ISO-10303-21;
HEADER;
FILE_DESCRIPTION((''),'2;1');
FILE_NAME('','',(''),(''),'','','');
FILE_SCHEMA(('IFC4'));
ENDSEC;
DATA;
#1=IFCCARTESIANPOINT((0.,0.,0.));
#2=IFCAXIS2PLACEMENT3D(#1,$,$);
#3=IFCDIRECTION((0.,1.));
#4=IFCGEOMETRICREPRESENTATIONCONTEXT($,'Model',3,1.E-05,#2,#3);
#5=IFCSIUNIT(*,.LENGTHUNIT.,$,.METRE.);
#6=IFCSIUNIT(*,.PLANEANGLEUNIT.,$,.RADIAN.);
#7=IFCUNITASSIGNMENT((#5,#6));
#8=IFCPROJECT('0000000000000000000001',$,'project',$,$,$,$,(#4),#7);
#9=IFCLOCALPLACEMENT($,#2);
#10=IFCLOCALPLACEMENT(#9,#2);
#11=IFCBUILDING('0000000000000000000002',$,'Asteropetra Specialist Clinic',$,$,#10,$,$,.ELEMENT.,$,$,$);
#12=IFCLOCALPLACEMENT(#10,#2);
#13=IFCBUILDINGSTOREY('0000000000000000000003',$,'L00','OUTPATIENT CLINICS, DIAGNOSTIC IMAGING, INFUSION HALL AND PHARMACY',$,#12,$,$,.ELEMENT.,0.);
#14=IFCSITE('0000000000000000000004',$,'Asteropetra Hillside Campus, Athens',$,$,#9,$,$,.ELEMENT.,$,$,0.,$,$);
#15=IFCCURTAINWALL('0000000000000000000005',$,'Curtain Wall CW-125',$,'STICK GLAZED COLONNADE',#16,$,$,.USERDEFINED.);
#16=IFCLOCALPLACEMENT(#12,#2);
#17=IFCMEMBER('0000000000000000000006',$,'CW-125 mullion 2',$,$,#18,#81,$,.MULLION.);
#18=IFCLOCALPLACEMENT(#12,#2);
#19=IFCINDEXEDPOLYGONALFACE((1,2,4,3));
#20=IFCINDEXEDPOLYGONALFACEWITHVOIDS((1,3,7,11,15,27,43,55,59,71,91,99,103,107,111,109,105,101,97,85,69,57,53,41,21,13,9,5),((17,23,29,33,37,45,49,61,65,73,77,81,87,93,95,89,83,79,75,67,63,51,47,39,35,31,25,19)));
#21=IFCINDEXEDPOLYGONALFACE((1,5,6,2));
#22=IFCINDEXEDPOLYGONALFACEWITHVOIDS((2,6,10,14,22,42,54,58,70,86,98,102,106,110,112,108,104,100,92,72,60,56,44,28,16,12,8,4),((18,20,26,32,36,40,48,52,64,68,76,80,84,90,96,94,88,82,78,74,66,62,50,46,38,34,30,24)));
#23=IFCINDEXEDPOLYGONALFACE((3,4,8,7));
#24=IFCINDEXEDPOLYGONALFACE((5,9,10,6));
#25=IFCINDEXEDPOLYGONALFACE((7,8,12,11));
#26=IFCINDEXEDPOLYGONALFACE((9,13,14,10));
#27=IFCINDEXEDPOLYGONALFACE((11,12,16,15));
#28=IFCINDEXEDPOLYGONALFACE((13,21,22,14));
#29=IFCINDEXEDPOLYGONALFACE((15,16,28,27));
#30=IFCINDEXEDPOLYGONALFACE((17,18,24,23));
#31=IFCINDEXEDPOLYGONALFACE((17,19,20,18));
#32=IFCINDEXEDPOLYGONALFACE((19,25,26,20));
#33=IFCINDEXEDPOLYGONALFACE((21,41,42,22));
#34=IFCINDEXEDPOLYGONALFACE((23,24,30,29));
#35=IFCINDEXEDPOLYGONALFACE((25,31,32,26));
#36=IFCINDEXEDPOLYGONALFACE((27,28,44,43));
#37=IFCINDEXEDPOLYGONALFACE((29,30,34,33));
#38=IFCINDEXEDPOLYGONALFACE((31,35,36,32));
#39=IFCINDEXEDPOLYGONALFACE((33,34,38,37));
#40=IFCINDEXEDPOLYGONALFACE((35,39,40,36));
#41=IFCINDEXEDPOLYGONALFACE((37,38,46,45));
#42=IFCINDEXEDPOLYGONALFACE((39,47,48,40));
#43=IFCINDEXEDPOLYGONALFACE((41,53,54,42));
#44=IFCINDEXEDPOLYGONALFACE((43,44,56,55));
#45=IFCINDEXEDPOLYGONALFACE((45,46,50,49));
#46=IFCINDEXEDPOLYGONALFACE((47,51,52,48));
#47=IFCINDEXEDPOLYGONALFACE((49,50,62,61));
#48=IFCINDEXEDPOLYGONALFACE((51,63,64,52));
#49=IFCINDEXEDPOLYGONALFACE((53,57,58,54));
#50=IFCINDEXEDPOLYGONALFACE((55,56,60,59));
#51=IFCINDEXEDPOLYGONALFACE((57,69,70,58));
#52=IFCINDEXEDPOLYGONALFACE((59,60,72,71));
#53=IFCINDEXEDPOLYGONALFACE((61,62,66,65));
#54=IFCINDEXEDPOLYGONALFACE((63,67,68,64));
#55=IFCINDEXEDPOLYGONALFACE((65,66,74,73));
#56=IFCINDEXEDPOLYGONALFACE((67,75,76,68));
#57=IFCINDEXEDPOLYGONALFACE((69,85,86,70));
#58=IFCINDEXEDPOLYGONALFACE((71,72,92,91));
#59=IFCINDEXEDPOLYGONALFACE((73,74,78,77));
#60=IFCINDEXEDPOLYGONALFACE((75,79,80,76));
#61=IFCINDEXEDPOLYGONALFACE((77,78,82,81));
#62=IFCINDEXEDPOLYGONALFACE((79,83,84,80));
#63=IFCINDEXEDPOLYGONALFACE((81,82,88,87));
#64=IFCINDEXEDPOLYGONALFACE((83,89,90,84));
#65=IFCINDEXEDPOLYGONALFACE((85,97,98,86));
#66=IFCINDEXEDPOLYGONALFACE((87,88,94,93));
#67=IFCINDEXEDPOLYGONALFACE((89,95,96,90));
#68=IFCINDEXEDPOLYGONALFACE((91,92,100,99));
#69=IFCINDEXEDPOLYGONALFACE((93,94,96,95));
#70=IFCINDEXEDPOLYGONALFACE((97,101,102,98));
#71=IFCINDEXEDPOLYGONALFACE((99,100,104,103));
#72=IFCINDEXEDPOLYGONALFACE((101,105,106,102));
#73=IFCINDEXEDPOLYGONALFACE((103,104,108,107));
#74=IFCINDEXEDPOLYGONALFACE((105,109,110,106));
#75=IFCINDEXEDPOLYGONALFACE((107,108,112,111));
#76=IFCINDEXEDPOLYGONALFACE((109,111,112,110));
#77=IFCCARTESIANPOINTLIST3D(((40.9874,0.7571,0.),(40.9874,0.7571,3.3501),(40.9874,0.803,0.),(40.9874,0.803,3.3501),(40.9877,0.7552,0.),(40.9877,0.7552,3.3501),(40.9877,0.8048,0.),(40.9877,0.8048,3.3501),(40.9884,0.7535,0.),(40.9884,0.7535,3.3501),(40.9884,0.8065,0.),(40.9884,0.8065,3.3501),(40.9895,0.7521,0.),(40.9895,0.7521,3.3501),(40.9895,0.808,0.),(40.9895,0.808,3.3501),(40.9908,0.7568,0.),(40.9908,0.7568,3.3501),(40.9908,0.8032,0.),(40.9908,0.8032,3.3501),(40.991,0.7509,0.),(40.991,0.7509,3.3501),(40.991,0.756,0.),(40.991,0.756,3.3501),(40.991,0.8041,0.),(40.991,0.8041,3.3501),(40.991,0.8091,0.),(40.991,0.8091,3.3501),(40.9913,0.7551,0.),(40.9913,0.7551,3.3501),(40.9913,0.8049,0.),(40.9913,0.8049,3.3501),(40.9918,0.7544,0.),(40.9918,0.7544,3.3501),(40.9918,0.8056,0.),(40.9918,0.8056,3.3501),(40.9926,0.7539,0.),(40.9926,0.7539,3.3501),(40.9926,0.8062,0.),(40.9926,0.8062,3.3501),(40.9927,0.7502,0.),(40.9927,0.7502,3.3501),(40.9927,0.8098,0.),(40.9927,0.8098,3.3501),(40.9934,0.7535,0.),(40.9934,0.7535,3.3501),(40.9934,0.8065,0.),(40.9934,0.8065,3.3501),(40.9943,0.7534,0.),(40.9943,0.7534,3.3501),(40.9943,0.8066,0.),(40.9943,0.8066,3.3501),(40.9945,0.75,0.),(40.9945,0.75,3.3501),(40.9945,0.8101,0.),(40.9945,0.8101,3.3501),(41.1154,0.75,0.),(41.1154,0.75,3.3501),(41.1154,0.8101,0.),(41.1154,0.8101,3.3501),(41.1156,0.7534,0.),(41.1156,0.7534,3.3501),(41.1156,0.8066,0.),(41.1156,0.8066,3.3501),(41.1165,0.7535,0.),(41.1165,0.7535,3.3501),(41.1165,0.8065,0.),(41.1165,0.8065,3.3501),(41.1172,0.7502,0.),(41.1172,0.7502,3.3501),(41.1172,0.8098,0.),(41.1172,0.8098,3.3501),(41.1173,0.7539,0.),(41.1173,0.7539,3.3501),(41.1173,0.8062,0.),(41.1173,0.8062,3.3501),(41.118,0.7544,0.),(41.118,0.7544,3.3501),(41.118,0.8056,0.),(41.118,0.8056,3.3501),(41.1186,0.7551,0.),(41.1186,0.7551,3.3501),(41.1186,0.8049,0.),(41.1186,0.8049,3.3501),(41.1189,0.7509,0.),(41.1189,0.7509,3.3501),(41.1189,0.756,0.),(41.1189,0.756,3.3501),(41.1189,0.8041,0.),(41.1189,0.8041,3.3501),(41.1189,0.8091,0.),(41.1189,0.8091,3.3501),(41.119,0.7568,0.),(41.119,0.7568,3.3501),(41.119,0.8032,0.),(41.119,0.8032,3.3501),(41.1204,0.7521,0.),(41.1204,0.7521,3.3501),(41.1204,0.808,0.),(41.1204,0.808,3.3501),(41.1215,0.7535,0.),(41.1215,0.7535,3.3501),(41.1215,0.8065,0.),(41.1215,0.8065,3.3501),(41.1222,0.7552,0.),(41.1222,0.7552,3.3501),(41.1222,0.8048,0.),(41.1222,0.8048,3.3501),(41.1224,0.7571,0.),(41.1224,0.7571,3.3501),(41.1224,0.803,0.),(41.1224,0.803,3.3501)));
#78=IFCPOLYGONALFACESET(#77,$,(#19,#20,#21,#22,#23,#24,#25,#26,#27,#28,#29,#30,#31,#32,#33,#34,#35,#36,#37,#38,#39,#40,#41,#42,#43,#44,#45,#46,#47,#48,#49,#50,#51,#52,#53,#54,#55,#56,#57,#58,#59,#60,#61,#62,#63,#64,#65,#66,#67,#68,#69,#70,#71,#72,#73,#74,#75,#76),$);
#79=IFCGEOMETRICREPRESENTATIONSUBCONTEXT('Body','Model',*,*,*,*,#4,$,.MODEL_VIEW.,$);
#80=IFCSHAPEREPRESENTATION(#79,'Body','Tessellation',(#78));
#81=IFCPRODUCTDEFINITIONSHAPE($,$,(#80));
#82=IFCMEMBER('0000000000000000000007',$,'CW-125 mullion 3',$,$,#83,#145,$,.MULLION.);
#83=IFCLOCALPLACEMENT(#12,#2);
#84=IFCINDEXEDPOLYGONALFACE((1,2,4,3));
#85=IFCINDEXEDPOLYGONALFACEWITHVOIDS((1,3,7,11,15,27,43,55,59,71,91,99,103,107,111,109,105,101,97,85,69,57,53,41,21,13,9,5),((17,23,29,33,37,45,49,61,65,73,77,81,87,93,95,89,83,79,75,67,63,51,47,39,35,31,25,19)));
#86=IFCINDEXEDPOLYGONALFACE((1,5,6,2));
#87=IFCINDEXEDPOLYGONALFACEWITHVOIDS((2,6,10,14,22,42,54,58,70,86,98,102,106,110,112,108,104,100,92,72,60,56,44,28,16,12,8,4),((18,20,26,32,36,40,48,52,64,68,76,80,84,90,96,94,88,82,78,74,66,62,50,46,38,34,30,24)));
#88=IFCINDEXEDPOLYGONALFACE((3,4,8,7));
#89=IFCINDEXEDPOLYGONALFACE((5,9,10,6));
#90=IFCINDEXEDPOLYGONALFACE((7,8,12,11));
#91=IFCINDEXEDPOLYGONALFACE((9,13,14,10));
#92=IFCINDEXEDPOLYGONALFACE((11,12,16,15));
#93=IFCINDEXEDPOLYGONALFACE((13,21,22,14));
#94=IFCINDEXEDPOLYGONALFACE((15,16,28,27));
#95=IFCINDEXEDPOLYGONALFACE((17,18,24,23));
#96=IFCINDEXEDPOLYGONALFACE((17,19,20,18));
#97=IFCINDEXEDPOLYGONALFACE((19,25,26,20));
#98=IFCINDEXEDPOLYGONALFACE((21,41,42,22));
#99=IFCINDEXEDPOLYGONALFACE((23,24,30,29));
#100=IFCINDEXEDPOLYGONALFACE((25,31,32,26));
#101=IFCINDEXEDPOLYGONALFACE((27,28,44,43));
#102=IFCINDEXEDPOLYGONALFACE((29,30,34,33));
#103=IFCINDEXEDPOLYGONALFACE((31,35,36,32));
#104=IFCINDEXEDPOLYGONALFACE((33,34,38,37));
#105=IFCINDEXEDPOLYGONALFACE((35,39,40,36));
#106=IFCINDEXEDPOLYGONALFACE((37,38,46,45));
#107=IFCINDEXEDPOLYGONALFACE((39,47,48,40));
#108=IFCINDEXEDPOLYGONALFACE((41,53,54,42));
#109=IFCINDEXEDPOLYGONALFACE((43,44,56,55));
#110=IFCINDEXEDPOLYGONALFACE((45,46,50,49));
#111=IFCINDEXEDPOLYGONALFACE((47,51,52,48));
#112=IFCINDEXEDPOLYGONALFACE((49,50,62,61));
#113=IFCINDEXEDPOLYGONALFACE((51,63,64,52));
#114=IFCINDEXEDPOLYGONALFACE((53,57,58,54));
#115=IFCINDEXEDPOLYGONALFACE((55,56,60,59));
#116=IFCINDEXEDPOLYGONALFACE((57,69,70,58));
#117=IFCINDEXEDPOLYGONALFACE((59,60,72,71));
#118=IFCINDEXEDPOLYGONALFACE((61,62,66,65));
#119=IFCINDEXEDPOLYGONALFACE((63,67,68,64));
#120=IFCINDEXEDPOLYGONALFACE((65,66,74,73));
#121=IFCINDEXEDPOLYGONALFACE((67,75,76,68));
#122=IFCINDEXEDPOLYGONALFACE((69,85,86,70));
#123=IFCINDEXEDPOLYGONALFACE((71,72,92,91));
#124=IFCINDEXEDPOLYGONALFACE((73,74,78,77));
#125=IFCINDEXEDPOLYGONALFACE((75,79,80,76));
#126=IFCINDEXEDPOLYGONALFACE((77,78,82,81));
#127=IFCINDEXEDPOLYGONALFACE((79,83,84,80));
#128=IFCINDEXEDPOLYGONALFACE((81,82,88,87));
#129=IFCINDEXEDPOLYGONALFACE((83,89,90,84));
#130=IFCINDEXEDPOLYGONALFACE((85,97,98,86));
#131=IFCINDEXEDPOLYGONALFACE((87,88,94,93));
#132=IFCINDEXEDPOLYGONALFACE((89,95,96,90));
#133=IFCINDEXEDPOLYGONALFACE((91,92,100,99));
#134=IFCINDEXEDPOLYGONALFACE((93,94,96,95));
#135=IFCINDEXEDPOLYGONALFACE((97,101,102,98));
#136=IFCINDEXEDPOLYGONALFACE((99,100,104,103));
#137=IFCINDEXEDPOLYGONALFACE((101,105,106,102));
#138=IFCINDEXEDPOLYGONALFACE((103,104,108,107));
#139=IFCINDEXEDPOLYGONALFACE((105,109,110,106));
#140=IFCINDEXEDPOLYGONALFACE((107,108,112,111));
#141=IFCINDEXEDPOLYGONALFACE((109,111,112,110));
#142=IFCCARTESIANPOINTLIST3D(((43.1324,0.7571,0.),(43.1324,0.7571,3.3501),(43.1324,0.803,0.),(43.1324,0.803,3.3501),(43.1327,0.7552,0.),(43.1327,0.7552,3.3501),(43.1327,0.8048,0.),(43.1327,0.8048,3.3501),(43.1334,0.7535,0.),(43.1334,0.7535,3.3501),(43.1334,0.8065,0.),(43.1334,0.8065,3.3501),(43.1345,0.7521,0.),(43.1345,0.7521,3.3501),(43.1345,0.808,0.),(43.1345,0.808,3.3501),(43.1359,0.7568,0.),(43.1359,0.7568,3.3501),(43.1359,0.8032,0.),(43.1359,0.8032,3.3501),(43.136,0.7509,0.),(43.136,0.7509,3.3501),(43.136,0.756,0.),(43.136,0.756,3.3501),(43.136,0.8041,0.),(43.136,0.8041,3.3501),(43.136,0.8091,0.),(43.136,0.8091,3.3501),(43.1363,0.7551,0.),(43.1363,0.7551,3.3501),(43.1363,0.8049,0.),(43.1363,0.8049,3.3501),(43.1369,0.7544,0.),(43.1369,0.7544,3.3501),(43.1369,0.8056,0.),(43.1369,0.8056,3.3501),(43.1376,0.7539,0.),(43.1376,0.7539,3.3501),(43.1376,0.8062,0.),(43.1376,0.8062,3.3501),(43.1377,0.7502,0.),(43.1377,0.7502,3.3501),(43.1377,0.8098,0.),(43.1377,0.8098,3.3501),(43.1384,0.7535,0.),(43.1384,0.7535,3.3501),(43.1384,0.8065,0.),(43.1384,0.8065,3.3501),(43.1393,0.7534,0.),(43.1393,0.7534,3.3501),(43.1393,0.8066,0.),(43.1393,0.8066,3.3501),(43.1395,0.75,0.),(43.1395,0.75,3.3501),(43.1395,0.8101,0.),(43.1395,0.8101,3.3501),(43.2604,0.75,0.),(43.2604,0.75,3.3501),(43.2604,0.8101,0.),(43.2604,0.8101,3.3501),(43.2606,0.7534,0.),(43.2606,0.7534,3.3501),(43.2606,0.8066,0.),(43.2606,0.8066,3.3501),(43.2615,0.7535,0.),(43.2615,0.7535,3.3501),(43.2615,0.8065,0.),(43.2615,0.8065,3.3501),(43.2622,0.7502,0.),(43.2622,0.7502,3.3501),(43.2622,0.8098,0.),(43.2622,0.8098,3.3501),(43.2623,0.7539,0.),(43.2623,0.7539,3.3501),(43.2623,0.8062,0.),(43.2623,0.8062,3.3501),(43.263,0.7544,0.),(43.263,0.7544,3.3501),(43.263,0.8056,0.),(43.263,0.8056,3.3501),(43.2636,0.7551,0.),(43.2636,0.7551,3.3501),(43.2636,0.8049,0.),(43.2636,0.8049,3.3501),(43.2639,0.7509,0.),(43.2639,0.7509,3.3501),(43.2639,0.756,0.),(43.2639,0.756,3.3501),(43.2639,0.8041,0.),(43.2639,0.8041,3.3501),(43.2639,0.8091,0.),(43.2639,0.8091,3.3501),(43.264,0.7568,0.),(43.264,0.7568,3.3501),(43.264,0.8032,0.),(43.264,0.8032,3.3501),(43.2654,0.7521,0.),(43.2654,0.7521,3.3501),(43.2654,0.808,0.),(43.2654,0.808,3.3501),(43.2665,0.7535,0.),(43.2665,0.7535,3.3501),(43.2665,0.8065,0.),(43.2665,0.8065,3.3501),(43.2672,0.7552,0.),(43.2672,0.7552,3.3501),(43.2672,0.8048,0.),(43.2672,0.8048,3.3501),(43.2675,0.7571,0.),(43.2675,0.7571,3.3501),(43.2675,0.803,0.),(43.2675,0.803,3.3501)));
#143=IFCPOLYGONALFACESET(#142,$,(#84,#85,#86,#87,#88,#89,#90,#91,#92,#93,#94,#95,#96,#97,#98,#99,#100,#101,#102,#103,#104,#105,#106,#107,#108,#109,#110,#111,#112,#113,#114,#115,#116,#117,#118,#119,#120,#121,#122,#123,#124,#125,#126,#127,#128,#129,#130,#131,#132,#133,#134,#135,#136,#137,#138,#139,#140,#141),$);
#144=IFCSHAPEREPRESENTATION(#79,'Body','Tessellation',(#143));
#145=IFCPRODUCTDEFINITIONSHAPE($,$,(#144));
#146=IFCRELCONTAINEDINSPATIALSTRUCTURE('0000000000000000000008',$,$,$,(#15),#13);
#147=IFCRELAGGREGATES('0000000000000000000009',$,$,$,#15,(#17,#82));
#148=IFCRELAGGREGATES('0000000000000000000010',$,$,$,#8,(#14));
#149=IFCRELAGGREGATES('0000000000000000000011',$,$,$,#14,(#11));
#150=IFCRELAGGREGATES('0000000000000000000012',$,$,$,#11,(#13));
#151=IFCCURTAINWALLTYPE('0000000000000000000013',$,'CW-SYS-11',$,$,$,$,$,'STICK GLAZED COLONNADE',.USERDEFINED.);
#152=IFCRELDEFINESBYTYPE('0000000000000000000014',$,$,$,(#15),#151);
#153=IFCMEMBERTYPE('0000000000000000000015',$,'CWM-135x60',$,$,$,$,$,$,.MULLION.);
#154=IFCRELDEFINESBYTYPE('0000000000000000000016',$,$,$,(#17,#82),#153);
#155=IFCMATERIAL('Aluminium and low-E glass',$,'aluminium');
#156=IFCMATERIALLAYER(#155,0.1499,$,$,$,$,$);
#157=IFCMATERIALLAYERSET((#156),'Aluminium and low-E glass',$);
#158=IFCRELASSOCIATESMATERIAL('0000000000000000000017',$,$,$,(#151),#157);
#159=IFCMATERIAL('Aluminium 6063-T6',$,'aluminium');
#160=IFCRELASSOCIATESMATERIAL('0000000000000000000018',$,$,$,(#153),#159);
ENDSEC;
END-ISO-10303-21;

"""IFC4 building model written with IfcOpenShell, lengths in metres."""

from ifc_helpers import new_model, si_unit, direction, frame, origin, origin_2d, place, context, subcontext, project, spatial, hollow_rectangle, extrude, material, layer, layer_set, material_profile, profile_set, type_object, element, aggregate, save


model = new_model("IFC4")

# Units and contexts
model_context = context("Model", 3, precision=1e-05, world=origin(), true_north=direction((0.0, 1.0)))
body_context = subcontext(model_context, "Body", "Model", "MODEL_VIEW")
ifc_project = project(units=[si_unit("LENGTHUNIT", "METRE"), si_unit("PLANEANGLEUNIT", "RADIAN")], contexts=[model_context])

# Site, building, storey
site_placement = place(None, origin())
site = spatial("IfcSite", under=ifc_project, at=site_placement, Name="Asteropetra Hillside Campus, Athens", CompositionType="ELEMENT", RefElevation=0.0)
building_placement = place(site_placement, origin())
building = spatial("IfcBuilding", under=site, at=building_placement, Name="Asteropetra Specialist Clinic", CompositionType="ELEMENT")
storey_placement = place(building_placement, origin())
storey = spatial("IfcBuildingStorey", under=building, at=storey_placement, Name="L00", Description="OUTPATIENT CLINICS, DIAGNOSTIC IMAGING, INFUSION HALL AND PHARMACY", CompositionType="ELEMENT", Elevation=0.0)

# Curtain wall, members
ifc_material_1 = material(Name="Aluminium and low-E glass", Category="aluminium")
ifc_layer_1 = layer(ifc_material_1, 0.1499)
ifc_layer_set_1 = layer_set([ifc_layer_1], Name="Aluminium and low-E glass")
curtain_wall_type = type_object("IfcCurtainWallType", Name="CW-SYS-11", ElementType="STICK GLAZED COLONNADE", PredefinedType="USERDEFINED", material=ifc_layer_set_1)
curtain_wall_placement = place(storey_placement, origin())
curtain_wall = element("IfcCurtainWall", 1, at=curtain_wall_placement, inside=storey, type_object=curtain_wall_type, Name="Curtain Wall CW-125", ObjectType="STICK GLAZED COLONNADE", PredefinedType="USERDEFINED")
ifc_material_2 = material(Name="Aluminium 6063-T6", Category="aluminium")
ifc_material_profile_1 = material_profile(ifc_material_2, hollow_rectangle(XDim=0.0601, YDim=0.135, WallThickness=0.0034, InnerFilletRadius=0.0034, OuterFilletRadius=0.0071, at=origin_2d()), Name="MUL 135x60x3.5")
ifc_profile_set_1 = profile_set([ifc_material_profile_1], Name="Aluminium 6063-T6")
member_type_1 = type_object("IfcMemberType", Name="CWM-135x60", PredefinedType="MULLION", material=ifc_profile_set_1)
member_1_placement = place(storey_placement, frame((41.0549, 0.78, 0.0), z_axis=(0.0, 0.0, 1.0), x_axis=(0.0, 1.0, 0.0)))
member_1 = element("IfcMember", 2, at=member_1_placement, type_object=member_type_1, Name="CW-125 mullion 2", PredefinedType="MULLION", context=body_context, shape_type="SweptSolid", body=[
    extrude(hollow_rectangle(XDim=0.0601, YDim=0.135, WallThickness=0.0034, InnerFilletRadius=0.0034, OuterFilletRadius=0.0071, at=origin_2d()), origin(), (0.0, 0.0, 1.0), 3.3501),
])
member_2_placement = place(storey_placement, frame((43.2, 0.78, 0.0), z_axis=(0.0, 0.0, 1.0), x_axis=(0.0, 1.0, 0.0)))
member_2 = element("IfcMember", 3, at=member_2_placement, type_object=member_type_1, Name="CW-125 mullion 3", PredefinedType="MULLION", context=body_context, shape_type="SweptSolid", body=[
    extrude(hollow_rectangle(XDim=0.0601, YDim=0.135, WallThickness=0.0034, InnerFilletRadius=0.0034, OuterFilletRadius=0.0071, at=origin_2d()), origin(), (0.0, 0.0, 1.0), 3.3501),
])

aggregate(curtain_wall, [member_1, member_2])

save(model, "model.ifc")
